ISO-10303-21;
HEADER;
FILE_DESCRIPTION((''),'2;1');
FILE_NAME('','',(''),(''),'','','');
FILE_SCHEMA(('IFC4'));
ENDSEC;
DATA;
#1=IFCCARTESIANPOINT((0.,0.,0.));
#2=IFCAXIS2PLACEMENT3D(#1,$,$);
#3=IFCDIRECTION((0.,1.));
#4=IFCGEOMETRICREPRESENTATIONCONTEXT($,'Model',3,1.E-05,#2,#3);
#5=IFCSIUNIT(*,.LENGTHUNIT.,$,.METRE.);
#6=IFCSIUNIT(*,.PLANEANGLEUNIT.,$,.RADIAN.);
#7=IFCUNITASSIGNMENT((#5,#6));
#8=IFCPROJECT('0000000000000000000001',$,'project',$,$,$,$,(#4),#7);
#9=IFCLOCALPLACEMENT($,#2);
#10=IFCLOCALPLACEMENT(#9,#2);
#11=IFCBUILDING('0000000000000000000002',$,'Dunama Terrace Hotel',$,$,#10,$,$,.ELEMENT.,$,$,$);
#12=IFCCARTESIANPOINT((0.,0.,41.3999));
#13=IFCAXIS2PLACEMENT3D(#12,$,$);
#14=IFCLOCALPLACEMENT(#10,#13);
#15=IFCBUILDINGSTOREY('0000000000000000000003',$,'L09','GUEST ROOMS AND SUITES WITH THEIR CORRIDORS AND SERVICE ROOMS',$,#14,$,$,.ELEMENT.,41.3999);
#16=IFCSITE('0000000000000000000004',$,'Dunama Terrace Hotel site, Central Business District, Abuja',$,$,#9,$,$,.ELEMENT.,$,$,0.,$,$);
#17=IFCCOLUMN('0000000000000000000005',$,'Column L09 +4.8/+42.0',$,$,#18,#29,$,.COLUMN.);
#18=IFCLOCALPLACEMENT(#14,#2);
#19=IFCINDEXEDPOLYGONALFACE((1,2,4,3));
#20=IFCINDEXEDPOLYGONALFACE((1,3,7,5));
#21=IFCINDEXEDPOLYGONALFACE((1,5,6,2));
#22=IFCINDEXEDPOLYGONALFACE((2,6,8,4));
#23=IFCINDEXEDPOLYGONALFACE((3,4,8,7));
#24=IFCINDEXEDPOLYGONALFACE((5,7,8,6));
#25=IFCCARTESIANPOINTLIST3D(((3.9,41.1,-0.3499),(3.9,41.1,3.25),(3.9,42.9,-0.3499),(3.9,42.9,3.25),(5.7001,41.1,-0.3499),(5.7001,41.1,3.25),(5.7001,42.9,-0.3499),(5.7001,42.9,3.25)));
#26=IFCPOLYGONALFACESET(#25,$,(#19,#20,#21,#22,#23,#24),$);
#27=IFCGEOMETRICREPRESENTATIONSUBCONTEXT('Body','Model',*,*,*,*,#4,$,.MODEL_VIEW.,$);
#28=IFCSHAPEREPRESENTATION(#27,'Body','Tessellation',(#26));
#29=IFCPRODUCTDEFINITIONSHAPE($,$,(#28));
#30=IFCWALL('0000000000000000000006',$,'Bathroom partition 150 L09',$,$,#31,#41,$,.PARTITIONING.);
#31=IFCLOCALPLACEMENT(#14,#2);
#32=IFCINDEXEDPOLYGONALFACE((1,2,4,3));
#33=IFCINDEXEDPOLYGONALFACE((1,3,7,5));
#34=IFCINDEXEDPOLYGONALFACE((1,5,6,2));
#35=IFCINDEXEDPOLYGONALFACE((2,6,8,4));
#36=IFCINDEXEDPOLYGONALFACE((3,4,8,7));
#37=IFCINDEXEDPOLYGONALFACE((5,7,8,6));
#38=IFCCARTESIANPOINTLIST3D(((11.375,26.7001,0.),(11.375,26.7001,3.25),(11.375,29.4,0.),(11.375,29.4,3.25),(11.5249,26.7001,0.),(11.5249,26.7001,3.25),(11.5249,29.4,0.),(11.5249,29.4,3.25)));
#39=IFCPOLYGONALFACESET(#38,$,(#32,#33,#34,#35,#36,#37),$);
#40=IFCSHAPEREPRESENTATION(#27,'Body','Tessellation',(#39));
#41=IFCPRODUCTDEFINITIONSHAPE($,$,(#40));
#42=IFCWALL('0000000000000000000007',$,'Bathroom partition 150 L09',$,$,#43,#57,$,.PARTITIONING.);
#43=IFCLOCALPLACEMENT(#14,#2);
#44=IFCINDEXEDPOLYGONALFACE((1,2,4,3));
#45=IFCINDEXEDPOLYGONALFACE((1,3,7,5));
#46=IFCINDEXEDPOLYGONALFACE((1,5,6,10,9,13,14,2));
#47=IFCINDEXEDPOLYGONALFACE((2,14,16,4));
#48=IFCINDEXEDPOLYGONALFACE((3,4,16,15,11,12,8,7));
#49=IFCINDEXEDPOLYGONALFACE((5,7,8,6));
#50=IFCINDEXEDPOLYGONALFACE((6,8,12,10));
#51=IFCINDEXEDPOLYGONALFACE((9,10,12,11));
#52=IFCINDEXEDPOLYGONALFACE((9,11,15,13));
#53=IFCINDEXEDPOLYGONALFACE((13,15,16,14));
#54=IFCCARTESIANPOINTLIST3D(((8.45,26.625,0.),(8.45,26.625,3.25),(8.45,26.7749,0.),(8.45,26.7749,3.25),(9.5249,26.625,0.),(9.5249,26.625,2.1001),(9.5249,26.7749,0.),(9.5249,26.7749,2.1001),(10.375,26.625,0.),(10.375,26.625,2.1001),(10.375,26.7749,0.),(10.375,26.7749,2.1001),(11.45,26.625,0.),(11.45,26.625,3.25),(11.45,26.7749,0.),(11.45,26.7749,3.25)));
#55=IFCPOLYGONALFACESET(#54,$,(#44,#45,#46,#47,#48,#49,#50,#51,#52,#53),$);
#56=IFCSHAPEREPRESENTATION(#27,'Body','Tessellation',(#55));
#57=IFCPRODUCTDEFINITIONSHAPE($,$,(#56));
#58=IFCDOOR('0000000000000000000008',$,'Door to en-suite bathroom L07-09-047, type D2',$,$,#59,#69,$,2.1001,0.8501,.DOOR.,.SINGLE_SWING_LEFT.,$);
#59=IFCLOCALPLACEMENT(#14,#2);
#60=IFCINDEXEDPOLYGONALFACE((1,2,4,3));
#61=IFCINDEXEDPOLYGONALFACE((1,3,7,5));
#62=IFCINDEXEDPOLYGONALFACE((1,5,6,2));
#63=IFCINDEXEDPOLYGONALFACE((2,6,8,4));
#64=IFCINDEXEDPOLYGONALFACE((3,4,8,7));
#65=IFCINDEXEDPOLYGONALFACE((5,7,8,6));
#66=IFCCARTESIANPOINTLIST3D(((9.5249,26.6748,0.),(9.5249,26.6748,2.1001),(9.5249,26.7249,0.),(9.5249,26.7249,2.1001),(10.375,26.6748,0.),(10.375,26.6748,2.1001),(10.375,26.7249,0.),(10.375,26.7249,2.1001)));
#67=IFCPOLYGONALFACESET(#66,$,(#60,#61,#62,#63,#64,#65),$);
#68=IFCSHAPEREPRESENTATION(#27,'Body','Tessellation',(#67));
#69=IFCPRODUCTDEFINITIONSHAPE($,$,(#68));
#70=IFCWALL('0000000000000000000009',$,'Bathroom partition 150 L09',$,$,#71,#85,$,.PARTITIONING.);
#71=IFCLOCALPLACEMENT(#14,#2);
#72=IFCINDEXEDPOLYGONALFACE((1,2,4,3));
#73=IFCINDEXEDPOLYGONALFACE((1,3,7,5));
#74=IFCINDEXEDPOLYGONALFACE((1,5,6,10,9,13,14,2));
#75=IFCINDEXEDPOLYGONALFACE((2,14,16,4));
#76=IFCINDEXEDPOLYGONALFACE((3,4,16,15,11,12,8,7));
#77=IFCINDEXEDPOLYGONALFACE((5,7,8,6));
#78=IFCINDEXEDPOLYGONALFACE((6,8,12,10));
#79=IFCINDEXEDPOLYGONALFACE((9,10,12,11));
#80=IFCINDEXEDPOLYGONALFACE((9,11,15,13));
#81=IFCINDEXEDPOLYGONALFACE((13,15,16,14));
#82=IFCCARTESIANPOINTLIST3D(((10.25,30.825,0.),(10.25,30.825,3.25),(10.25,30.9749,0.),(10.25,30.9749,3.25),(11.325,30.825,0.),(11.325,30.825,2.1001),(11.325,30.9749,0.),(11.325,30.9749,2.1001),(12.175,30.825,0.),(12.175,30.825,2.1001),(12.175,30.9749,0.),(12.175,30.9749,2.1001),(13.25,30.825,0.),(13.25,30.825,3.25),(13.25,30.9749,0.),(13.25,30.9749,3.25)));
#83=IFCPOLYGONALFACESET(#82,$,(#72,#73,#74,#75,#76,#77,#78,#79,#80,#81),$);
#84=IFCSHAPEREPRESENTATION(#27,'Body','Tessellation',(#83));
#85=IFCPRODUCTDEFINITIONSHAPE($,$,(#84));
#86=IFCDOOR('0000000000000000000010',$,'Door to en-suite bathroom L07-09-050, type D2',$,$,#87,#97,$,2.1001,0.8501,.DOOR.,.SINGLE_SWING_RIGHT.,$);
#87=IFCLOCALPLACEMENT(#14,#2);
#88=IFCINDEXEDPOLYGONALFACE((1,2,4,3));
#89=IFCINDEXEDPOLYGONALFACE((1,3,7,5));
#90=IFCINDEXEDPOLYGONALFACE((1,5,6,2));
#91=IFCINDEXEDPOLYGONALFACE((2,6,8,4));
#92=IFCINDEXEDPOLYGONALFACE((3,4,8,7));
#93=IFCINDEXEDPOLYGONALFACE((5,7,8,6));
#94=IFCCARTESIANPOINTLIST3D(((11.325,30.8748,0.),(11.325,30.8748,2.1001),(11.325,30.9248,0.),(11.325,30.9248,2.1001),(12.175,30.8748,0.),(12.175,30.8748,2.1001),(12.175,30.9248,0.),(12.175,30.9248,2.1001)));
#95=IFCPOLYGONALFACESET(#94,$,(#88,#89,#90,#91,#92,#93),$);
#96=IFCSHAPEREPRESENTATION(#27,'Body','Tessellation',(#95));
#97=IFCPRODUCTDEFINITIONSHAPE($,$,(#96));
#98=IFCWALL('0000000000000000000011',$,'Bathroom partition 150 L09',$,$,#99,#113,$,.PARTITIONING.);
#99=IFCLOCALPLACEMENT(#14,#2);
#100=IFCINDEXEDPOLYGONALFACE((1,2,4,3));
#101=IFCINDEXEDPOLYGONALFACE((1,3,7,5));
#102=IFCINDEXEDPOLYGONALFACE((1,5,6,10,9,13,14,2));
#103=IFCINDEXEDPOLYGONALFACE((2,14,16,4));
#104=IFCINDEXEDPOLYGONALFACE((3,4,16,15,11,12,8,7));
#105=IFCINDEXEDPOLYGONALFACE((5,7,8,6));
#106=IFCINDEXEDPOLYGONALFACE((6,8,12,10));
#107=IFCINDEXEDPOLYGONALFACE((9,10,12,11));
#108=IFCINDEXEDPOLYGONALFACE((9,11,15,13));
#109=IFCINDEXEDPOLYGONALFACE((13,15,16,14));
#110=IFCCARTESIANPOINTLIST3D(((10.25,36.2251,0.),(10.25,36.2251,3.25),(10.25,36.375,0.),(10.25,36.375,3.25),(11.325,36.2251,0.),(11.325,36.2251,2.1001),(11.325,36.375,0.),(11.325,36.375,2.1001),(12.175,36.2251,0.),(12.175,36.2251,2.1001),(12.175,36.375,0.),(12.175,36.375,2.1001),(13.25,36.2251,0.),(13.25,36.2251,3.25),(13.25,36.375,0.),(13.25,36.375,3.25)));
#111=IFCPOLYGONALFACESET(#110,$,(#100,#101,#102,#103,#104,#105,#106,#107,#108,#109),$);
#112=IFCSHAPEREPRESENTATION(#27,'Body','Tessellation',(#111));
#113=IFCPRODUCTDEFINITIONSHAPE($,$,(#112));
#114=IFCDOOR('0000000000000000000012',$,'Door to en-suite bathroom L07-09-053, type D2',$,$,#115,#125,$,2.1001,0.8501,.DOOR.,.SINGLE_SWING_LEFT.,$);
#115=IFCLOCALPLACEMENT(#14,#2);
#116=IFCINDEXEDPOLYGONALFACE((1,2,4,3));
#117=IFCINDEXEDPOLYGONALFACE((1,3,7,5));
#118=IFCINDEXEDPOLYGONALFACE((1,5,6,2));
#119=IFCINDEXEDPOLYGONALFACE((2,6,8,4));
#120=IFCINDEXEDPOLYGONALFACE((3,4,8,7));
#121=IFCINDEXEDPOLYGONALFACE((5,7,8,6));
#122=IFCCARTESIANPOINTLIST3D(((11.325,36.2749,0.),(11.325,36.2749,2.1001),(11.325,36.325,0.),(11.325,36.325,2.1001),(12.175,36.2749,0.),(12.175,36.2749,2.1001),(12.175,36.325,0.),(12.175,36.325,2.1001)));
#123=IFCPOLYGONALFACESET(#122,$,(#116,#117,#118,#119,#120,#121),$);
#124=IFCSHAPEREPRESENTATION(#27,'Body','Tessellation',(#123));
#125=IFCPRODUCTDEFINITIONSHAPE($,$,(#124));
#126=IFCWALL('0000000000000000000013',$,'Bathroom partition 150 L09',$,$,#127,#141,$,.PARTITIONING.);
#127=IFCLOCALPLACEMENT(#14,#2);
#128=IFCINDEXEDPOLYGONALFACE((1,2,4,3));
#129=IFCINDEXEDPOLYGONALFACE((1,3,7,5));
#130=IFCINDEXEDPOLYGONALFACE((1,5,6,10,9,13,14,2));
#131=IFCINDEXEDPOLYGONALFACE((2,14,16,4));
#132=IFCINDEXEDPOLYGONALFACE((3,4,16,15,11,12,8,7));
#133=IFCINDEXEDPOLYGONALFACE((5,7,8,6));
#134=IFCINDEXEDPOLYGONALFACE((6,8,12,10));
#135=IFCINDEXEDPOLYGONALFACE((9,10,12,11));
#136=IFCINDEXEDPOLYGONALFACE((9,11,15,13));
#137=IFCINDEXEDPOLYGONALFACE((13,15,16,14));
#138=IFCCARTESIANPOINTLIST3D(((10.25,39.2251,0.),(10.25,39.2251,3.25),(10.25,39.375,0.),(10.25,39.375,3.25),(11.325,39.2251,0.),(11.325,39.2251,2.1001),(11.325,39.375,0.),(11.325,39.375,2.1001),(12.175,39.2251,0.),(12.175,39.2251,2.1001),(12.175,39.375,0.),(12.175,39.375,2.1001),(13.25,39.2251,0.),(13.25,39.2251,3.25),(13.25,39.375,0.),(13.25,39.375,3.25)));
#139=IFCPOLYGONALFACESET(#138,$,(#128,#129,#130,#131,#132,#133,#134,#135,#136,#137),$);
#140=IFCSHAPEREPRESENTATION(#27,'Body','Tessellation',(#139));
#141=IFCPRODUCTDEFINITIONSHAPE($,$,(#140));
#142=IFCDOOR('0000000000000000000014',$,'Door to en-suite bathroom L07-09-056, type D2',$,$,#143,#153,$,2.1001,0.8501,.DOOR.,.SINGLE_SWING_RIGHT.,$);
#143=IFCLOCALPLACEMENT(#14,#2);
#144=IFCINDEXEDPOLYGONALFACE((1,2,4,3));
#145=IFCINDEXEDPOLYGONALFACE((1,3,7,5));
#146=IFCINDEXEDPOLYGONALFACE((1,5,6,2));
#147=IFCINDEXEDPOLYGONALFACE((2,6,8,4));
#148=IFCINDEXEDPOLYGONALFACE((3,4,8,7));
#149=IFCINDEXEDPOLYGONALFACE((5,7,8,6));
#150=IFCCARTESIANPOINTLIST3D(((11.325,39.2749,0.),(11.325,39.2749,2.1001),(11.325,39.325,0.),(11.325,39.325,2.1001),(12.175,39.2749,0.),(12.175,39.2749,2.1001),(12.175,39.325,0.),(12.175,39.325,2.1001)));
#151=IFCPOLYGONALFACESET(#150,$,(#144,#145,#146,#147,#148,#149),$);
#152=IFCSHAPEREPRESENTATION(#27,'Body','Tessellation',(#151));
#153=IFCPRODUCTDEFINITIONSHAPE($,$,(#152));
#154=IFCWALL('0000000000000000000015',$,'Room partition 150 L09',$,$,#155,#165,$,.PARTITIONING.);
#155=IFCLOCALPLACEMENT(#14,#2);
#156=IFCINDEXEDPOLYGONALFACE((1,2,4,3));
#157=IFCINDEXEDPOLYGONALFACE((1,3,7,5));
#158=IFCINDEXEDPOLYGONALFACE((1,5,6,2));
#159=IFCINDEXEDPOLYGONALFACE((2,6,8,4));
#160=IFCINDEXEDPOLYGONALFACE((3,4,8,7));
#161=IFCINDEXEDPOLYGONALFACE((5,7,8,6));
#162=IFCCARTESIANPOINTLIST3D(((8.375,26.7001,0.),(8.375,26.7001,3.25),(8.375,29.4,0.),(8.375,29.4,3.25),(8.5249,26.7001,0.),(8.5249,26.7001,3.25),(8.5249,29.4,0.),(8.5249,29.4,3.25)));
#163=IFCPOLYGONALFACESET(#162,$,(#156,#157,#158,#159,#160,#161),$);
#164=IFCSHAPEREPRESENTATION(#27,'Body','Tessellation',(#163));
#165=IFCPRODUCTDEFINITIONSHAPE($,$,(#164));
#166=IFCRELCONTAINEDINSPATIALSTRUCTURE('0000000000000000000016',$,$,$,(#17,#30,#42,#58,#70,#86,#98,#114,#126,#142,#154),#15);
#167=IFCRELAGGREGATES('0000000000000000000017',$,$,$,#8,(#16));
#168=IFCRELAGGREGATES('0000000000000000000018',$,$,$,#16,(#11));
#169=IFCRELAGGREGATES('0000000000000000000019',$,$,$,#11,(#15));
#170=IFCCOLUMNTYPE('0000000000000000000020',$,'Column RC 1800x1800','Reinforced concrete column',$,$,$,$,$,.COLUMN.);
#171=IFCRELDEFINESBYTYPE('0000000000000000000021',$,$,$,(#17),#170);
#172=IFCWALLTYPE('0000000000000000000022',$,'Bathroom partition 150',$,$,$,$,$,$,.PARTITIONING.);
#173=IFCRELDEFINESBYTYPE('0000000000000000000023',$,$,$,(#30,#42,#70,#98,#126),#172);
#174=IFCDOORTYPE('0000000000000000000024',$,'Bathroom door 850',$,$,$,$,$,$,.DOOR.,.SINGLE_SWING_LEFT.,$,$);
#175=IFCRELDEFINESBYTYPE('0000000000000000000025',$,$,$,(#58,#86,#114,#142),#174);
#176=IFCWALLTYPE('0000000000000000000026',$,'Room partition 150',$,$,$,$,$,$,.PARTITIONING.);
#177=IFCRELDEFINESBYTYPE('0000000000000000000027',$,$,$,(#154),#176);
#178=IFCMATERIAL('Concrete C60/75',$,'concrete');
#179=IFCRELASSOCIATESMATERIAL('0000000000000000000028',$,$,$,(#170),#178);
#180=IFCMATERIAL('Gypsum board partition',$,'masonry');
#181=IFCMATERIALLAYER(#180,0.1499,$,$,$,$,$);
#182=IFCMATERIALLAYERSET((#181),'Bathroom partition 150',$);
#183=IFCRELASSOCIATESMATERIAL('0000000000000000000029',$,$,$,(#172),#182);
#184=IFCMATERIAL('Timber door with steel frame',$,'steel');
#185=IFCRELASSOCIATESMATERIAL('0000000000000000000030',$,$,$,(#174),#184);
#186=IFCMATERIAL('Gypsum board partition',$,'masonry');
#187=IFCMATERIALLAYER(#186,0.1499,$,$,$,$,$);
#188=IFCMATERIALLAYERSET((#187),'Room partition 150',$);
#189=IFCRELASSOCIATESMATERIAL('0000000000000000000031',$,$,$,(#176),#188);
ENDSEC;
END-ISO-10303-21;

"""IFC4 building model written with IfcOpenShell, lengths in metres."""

from ifc_helpers import new_model, si_unit, direction, frame, frame_2d, origin, origin_2d, place, context, subcontext, project, spatial, rectangle, extrude, material, layer, layer_set, material_profile, profile_set, type_object, element, fill, save


model = new_model("IFC4")

# Units and contexts
model_context = context("Model", 3, precision=1e-05, world=origin(), true_north=direction((0.0, 1.0)))
body_context = subcontext(model_context, "Body", "Model", "MODEL_VIEW")
ifc_project = project(units=[si_unit("LENGTHUNIT", "METRE"), si_unit("PLANEANGLEUNIT", "RADIAN")], contexts=[model_context])

# Site, building, storey
site_placement = place(None, origin())
site = spatial("IfcSite", under=ifc_project, at=site_placement, Name="Dunama Terrace Hotel site, Central Business District, Abuja", CompositionType="ELEMENT", RefElevation=0.0)
building_placement = place(site_placement, origin())
building = spatial("IfcBuilding", under=site, at=building_placement, Name="Dunama Terrace Hotel", CompositionType="ELEMENT")
storey_placement = place(building_placement, frame((0.0, 0.0, 41.3999)))
storey = spatial("IfcBuildingStorey", under=building, at=storey_placement, Name="L09", Description="GUEST ROOMS AND SUITES WITH THEIR CORRIDORS AND SERVICE ROOMS", CompositionType="ELEMENT", Elevation=41.3999)

# Column
ifc_material_1 = material(Name="Concrete C60/75", Category="concrete")
ifc_material_profile = material_profile(ifc_material_1, rectangle(XDim=1.8, YDim=1.8, at=origin_2d()), Name="RC 1800x1800")
ifc_profile_set = profile_set([ifc_material_profile], Name="Concrete C60/75")
column_type = type_object("IfcColumnType", Name="Column RC 1800x1800", Description="Reinforced concrete column", PredefinedType="COLUMN", material=ifc_profile_set)
column_placement = place(storey_placement, frame((4.8, 42.0, -0.3499), z_axis=(0.0, 0.0, 1.0), x_axis=(1.0, 0.0, 0.0)))
element("IfcColumn", 1, at=column_placement, inside=storey, type_object=column_type, Name="Column L09 +4.8/+42.0", PredefinedType="COLUMN", context=body_context, shape_type="SweptSolid", body=[
    extrude(rectangle(XDim=1.8, YDim=1.8, at=origin_2d()), origin(), (0.0, 0.0, 1.0), 3.5999),
])

# Wall
ifc_material_2 = material(Name="Gypsum board partition", Category="masonry")
ifc_layer_1 = layer(ifc_material_2, 0.1499)
ifc_layer_set_1 = layer_set([ifc_layer_1], Name="Bathroom partition 150")
wall_type_1 = type_object("IfcWallType", Name="Bathroom partition 150", PredefinedType="PARTITIONING", material=ifc_layer_set_1)
wall_1_placement = place(storey_placement, frame((11.45, 26.7, 0.0), z_axis=(0.0, 0.0, 1.0), x_axis=(0.0, 1.0, 0.0)))
element("IfcWall", 2, at=wall_1_placement, inside=storey, type_object=wall_type_1, Name="Bathroom partition 150 L09", PredefinedType="PARTITIONING", context=body_context, shape_type="SweptSolid", body=[
    extrude(rectangle(XDim=2.7, YDim=0.1499, at=frame_2d((1.3501, 0.0))), origin(), (0.0, 0.0, 1.0), 3.25),
])

# Walls, openings, doors
wall_2_placement = place(storey_placement, frame((8.45, 26.7, 0.0), z_axis=(0.0, 0.0, 1.0), x_axis=(1.0, 0.0, 0.0)))
wall_2 = element("IfcWall", 3, at=wall_2_placement, inside=storey, type_object=wall_type_1, Name="Bathroom partition 150 L09", PredefinedType="PARTITIONING", context=body_context, shape_type="SweptSolid", body=[
    extrude(rectangle(XDim=3.0, YDim=0.1499, at=frame_2d((1.5, 0.0))), origin(), (0.0, 0.0, 1.0), 3.25),
])
opening_1_placement = place(wall_2_placement, frame((1.075, 0.0, 0.0)))
opening_1 = element("IfcOpeningElement", 4, at=opening_1_placement, cuts=wall_2, PredefinedType="OPENING", context=body_context, shape_type="SweptSolid", body=[
    extrude(rectangle(XDim=0.8501, YDim=2.1001, at=frame_2d((0.425, 1.05))), frame((0.0, 0.085, 0.0), z_axis=(0.0, -1.0, 0.0), x_axis=(1.0, 0.0, 0.0)), (0.0, 0.0, 1.0), 0.1699),
])
ifc_material_3 = material(Name="Timber door with steel frame", Category="steel")
door_type_1 = type_object("IfcDoorType", Name="Bathroom door 850", OperationType="SINGLE_SWING_LEFT", PredefinedType="DOOR", material=ifc_material_3)
door_1_placement = place(opening_1_placement, origin())
door_1 = element("IfcDoor", 5, at=door_1_placement, inside=storey, type_object=door_type_1, Name="Door to en-suite bathroom L07-09-047, type D2", OperationType="SINGLE_SWING_LEFT", OverallHeight=2.1001, OverallWidth=0.8501, PredefinedType="DOOR", context=body_context, shape_type="SweptSolid", body=[
    extrude(rectangle(XDim=0.8501, YDim=2.1001, at=frame_2d((0.425, 1.05))), frame((0.0, 0.0249, 0.0), z_axis=(0.0, -1.0, 0.0), x_axis=(1.0, 0.0, 0.0)), (0.0, 0.0, 1.0), 0.05),
])
fill(opening_1, door_1)
wall_3_placement = place(storey_placement, frame((10.25, 30.8999, 0.0), z_axis=(0.0, 0.0, 1.0), x_axis=(1.0, 0.0, 0.0)))
wall_3 = element("IfcWall", 6, at=wall_3_placement, inside=storey, type_object=wall_type_1, Name="Bathroom partition 150 L09", PredefinedType="PARTITIONING", context=body_context, shape_type="SweptSolid", body=[
    extrude(rectangle(XDim=3.0, YDim=0.1499, at=frame_2d((1.5, 0.0))), origin(), (0.0, 0.0, 1.0), 3.25),
])
opening_2_placement = place(wall_3_placement, frame((1.075, 0.0, 0.0)))
opening_2 = element("IfcOpeningElement", 7, at=opening_2_placement, cuts=wall_3, PredefinedType="OPENING", context=body_context, shape_type="SweptSolid", body=[
    extrude(rectangle(XDim=0.8501, YDim=2.1001, at=frame_2d((0.425, 1.05))), frame((0.0, 0.085, 0.0), z_axis=(0.0, -1.0, 0.0), x_axis=(1.0, 0.0, 0.0)), (0.0, 0.0, 1.0), 0.1699),
])
door_2_placement = place(opening_2_placement, origin())
door_2 = element("IfcDoor", 8, at=door_2_placement, inside=storey, type_object=door_type_1, Name="Door to en-suite bathroom L07-09-050, type D2", OperationType="SINGLE_SWING_RIGHT", OverallHeight=2.1001, OverallWidth=0.8501, PredefinedType="DOOR", context=body_context, shape_type="SweptSolid", body=[
    extrude(rectangle(XDim=0.8501, YDim=2.1001, at=frame_2d((0.425, 1.05))), frame((0.0, 0.0249, 0.0), z_axis=(0.0, -1.0, 0.0), x_axis=(1.0, 0.0, 0.0)), (0.0, 0.0, 1.0), 0.05),
])
fill(opening_2, door_2)
wall_4_placement = place(storey_placement, frame((10.25, 36.3, 0.0), z_axis=(0.0, 0.0, 1.0), x_axis=(1.0, 0.0, 0.0)))
wall_4 = element("IfcWall", 9, at=wall_4_placement, inside=storey, type_object=wall_type_1, Name="Bathroom partition 150 L09", PredefinedType="PARTITIONING", context=body_context, shape_type="SweptSolid", body=[
    extrude(rectangle(XDim=3.0, YDim=0.1499, at=frame_2d((1.5, 0.0))), origin(), (0.0, 0.0, 1.0), 3.25),
])
opening_3_placement = place(wall_4_placement, frame((1.075, 0.0, 0.0)))
opening_3 = element("IfcOpeningElement", 10, at=opening_3_placement, cuts=wall_4, PredefinedType="OPENING", context=body_context, shape_type="SweptSolid", body=[
    extrude(rectangle(XDim=0.8501, YDim=2.1001, at=frame_2d((0.425, 1.05))), frame((0.0, 0.085, 0.0), z_axis=(0.0, -1.0, 0.0), x_axis=(1.0, 0.0, 0.0)), (0.0, 0.0, 1.0), 0.1699),
])
door_3_placement = place(opening_3_placement, frame((0.8501, 0.0, 0.0), z_axis=(0.0, 0.0, 1.0), x_axis=(-1.0, 0.0, 0.0)))
door_3 = element("IfcDoor", 11, at=door_3_placement, inside=storey, type_object=door_type_1, Name="Door to en-suite bathroom L07-09-053, type D2", OperationType="SINGLE_SWING_LEFT", OverallHeight=2.1001, OverallWidth=0.8501, PredefinedType="DOOR", context=body_context, shape_type="SweptSolid", body=[
    extrude(rectangle(XDim=0.8501, YDim=2.1001, at=frame_2d((0.425, 1.05))), frame((0.0, 0.0251, 0.0), z_axis=(0.0, -1.0, 0.0), x_axis=(1.0, 0.0, 0.0)), (0.0, 0.0, 1.0), 0.05),
])
fill(opening_3, door_3)
wall_5_placement = place(storey_placement, frame((10.25, 39.3, 0.0), z_axis=(0.0, 0.0, 1.0), x_axis=(1.0, 0.0, 0.0)))
wall_5 = element("IfcWall", 12, at=wall_5_placement, inside=storey, type_object=wall_type_1, Name="Bathroom partition 150 L09", PredefinedType="PARTITIONING", context=body_context, shape_type="SweptSolid", body=[
    extrude(rectangle(XDim=3.0, YDim=0.1499, at=frame_2d((1.5, 0.0))), origin(), (0.0, 0.0, 1.0), 3.25),
])
opening_4_placement = place(wall_5_placement, frame((1.075, 0.0, 0.0)))
opening_4 = element("IfcOpeningElement", 13, at=opening_4_placement, cuts=wall_5, PredefinedType="OPENING", context=body_context, shape_type="SweptSolid", body=[
    extrude(rectangle(XDim=0.8501, YDim=2.1001, at=frame_2d((0.425, 1.05))), frame((0.0, 0.085, 0.0), z_axis=(0.0, -1.0, 0.0), x_axis=(1.0, 0.0, 0.0)), (0.0, 0.0, 1.0), 0.1699),
])
door_4_placement = place(opening_4_placement, origin())
door_4 = element("IfcDoor", 14, at=door_4_placement, inside=storey, type_object=door_type_1, Name="Door to en-suite bathroom L07-09-056, type D2", OperationType="SINGLE_SWING_RIGHT", OverallHeight=2.1001, OverallWidth=0.8501, PredefinedType="DOOR", context=body_context, shape_type="SweptSolid", body=[
    extrude(rectangle(XDim=0.8501, YDim=2.1001, at=frame_2d((0.425, 1.05))), frame((0.0, 0.0249, 0.0), z_axis=(0.0, -1.0, 0.0), x_axis=(1.0, 0.0, 0.0)), (0.0, 0.0, 1.0), 0.05),
])
fill(opening_4, door_4)

# Wall
ifc_material_4 = material(Name="Gypsum board partition", Category="masonry")
ifc_layer_2 = layer(ifc_material_4, 0.1499)
ifc_layer_set_2 = layer_set([ifc_layer_2], Name="Room partition 150")
wall_type_2 = type_object("IfcWallType", Name="Room partition 150", PredefinedType="PARTITIONING", material=ifc_layer_set_2)
wall_6_placement = place(storey_placement, frame((8.45, 26.7, 0.0), z_axis=(0.0, 0.0, 1.0), x_axis=(0.0, 1.0, 0.0)))
element("IfcWall", 15, at=wall_6_placement, inside=storey, type_object=wall_type_2, Name="Room partition 150 L09", PredefinedType="PARTITIONING", context=body_context, shape_type="SweptSolid", body=[
    extrude(rectangle(XDim=2.7, YDim=0.1499, at=frame_2d((1.3501, 0.0))), origin(), (0.0, 0.0, 1.0), 3.25),
])

save(model, "model.ifc")
